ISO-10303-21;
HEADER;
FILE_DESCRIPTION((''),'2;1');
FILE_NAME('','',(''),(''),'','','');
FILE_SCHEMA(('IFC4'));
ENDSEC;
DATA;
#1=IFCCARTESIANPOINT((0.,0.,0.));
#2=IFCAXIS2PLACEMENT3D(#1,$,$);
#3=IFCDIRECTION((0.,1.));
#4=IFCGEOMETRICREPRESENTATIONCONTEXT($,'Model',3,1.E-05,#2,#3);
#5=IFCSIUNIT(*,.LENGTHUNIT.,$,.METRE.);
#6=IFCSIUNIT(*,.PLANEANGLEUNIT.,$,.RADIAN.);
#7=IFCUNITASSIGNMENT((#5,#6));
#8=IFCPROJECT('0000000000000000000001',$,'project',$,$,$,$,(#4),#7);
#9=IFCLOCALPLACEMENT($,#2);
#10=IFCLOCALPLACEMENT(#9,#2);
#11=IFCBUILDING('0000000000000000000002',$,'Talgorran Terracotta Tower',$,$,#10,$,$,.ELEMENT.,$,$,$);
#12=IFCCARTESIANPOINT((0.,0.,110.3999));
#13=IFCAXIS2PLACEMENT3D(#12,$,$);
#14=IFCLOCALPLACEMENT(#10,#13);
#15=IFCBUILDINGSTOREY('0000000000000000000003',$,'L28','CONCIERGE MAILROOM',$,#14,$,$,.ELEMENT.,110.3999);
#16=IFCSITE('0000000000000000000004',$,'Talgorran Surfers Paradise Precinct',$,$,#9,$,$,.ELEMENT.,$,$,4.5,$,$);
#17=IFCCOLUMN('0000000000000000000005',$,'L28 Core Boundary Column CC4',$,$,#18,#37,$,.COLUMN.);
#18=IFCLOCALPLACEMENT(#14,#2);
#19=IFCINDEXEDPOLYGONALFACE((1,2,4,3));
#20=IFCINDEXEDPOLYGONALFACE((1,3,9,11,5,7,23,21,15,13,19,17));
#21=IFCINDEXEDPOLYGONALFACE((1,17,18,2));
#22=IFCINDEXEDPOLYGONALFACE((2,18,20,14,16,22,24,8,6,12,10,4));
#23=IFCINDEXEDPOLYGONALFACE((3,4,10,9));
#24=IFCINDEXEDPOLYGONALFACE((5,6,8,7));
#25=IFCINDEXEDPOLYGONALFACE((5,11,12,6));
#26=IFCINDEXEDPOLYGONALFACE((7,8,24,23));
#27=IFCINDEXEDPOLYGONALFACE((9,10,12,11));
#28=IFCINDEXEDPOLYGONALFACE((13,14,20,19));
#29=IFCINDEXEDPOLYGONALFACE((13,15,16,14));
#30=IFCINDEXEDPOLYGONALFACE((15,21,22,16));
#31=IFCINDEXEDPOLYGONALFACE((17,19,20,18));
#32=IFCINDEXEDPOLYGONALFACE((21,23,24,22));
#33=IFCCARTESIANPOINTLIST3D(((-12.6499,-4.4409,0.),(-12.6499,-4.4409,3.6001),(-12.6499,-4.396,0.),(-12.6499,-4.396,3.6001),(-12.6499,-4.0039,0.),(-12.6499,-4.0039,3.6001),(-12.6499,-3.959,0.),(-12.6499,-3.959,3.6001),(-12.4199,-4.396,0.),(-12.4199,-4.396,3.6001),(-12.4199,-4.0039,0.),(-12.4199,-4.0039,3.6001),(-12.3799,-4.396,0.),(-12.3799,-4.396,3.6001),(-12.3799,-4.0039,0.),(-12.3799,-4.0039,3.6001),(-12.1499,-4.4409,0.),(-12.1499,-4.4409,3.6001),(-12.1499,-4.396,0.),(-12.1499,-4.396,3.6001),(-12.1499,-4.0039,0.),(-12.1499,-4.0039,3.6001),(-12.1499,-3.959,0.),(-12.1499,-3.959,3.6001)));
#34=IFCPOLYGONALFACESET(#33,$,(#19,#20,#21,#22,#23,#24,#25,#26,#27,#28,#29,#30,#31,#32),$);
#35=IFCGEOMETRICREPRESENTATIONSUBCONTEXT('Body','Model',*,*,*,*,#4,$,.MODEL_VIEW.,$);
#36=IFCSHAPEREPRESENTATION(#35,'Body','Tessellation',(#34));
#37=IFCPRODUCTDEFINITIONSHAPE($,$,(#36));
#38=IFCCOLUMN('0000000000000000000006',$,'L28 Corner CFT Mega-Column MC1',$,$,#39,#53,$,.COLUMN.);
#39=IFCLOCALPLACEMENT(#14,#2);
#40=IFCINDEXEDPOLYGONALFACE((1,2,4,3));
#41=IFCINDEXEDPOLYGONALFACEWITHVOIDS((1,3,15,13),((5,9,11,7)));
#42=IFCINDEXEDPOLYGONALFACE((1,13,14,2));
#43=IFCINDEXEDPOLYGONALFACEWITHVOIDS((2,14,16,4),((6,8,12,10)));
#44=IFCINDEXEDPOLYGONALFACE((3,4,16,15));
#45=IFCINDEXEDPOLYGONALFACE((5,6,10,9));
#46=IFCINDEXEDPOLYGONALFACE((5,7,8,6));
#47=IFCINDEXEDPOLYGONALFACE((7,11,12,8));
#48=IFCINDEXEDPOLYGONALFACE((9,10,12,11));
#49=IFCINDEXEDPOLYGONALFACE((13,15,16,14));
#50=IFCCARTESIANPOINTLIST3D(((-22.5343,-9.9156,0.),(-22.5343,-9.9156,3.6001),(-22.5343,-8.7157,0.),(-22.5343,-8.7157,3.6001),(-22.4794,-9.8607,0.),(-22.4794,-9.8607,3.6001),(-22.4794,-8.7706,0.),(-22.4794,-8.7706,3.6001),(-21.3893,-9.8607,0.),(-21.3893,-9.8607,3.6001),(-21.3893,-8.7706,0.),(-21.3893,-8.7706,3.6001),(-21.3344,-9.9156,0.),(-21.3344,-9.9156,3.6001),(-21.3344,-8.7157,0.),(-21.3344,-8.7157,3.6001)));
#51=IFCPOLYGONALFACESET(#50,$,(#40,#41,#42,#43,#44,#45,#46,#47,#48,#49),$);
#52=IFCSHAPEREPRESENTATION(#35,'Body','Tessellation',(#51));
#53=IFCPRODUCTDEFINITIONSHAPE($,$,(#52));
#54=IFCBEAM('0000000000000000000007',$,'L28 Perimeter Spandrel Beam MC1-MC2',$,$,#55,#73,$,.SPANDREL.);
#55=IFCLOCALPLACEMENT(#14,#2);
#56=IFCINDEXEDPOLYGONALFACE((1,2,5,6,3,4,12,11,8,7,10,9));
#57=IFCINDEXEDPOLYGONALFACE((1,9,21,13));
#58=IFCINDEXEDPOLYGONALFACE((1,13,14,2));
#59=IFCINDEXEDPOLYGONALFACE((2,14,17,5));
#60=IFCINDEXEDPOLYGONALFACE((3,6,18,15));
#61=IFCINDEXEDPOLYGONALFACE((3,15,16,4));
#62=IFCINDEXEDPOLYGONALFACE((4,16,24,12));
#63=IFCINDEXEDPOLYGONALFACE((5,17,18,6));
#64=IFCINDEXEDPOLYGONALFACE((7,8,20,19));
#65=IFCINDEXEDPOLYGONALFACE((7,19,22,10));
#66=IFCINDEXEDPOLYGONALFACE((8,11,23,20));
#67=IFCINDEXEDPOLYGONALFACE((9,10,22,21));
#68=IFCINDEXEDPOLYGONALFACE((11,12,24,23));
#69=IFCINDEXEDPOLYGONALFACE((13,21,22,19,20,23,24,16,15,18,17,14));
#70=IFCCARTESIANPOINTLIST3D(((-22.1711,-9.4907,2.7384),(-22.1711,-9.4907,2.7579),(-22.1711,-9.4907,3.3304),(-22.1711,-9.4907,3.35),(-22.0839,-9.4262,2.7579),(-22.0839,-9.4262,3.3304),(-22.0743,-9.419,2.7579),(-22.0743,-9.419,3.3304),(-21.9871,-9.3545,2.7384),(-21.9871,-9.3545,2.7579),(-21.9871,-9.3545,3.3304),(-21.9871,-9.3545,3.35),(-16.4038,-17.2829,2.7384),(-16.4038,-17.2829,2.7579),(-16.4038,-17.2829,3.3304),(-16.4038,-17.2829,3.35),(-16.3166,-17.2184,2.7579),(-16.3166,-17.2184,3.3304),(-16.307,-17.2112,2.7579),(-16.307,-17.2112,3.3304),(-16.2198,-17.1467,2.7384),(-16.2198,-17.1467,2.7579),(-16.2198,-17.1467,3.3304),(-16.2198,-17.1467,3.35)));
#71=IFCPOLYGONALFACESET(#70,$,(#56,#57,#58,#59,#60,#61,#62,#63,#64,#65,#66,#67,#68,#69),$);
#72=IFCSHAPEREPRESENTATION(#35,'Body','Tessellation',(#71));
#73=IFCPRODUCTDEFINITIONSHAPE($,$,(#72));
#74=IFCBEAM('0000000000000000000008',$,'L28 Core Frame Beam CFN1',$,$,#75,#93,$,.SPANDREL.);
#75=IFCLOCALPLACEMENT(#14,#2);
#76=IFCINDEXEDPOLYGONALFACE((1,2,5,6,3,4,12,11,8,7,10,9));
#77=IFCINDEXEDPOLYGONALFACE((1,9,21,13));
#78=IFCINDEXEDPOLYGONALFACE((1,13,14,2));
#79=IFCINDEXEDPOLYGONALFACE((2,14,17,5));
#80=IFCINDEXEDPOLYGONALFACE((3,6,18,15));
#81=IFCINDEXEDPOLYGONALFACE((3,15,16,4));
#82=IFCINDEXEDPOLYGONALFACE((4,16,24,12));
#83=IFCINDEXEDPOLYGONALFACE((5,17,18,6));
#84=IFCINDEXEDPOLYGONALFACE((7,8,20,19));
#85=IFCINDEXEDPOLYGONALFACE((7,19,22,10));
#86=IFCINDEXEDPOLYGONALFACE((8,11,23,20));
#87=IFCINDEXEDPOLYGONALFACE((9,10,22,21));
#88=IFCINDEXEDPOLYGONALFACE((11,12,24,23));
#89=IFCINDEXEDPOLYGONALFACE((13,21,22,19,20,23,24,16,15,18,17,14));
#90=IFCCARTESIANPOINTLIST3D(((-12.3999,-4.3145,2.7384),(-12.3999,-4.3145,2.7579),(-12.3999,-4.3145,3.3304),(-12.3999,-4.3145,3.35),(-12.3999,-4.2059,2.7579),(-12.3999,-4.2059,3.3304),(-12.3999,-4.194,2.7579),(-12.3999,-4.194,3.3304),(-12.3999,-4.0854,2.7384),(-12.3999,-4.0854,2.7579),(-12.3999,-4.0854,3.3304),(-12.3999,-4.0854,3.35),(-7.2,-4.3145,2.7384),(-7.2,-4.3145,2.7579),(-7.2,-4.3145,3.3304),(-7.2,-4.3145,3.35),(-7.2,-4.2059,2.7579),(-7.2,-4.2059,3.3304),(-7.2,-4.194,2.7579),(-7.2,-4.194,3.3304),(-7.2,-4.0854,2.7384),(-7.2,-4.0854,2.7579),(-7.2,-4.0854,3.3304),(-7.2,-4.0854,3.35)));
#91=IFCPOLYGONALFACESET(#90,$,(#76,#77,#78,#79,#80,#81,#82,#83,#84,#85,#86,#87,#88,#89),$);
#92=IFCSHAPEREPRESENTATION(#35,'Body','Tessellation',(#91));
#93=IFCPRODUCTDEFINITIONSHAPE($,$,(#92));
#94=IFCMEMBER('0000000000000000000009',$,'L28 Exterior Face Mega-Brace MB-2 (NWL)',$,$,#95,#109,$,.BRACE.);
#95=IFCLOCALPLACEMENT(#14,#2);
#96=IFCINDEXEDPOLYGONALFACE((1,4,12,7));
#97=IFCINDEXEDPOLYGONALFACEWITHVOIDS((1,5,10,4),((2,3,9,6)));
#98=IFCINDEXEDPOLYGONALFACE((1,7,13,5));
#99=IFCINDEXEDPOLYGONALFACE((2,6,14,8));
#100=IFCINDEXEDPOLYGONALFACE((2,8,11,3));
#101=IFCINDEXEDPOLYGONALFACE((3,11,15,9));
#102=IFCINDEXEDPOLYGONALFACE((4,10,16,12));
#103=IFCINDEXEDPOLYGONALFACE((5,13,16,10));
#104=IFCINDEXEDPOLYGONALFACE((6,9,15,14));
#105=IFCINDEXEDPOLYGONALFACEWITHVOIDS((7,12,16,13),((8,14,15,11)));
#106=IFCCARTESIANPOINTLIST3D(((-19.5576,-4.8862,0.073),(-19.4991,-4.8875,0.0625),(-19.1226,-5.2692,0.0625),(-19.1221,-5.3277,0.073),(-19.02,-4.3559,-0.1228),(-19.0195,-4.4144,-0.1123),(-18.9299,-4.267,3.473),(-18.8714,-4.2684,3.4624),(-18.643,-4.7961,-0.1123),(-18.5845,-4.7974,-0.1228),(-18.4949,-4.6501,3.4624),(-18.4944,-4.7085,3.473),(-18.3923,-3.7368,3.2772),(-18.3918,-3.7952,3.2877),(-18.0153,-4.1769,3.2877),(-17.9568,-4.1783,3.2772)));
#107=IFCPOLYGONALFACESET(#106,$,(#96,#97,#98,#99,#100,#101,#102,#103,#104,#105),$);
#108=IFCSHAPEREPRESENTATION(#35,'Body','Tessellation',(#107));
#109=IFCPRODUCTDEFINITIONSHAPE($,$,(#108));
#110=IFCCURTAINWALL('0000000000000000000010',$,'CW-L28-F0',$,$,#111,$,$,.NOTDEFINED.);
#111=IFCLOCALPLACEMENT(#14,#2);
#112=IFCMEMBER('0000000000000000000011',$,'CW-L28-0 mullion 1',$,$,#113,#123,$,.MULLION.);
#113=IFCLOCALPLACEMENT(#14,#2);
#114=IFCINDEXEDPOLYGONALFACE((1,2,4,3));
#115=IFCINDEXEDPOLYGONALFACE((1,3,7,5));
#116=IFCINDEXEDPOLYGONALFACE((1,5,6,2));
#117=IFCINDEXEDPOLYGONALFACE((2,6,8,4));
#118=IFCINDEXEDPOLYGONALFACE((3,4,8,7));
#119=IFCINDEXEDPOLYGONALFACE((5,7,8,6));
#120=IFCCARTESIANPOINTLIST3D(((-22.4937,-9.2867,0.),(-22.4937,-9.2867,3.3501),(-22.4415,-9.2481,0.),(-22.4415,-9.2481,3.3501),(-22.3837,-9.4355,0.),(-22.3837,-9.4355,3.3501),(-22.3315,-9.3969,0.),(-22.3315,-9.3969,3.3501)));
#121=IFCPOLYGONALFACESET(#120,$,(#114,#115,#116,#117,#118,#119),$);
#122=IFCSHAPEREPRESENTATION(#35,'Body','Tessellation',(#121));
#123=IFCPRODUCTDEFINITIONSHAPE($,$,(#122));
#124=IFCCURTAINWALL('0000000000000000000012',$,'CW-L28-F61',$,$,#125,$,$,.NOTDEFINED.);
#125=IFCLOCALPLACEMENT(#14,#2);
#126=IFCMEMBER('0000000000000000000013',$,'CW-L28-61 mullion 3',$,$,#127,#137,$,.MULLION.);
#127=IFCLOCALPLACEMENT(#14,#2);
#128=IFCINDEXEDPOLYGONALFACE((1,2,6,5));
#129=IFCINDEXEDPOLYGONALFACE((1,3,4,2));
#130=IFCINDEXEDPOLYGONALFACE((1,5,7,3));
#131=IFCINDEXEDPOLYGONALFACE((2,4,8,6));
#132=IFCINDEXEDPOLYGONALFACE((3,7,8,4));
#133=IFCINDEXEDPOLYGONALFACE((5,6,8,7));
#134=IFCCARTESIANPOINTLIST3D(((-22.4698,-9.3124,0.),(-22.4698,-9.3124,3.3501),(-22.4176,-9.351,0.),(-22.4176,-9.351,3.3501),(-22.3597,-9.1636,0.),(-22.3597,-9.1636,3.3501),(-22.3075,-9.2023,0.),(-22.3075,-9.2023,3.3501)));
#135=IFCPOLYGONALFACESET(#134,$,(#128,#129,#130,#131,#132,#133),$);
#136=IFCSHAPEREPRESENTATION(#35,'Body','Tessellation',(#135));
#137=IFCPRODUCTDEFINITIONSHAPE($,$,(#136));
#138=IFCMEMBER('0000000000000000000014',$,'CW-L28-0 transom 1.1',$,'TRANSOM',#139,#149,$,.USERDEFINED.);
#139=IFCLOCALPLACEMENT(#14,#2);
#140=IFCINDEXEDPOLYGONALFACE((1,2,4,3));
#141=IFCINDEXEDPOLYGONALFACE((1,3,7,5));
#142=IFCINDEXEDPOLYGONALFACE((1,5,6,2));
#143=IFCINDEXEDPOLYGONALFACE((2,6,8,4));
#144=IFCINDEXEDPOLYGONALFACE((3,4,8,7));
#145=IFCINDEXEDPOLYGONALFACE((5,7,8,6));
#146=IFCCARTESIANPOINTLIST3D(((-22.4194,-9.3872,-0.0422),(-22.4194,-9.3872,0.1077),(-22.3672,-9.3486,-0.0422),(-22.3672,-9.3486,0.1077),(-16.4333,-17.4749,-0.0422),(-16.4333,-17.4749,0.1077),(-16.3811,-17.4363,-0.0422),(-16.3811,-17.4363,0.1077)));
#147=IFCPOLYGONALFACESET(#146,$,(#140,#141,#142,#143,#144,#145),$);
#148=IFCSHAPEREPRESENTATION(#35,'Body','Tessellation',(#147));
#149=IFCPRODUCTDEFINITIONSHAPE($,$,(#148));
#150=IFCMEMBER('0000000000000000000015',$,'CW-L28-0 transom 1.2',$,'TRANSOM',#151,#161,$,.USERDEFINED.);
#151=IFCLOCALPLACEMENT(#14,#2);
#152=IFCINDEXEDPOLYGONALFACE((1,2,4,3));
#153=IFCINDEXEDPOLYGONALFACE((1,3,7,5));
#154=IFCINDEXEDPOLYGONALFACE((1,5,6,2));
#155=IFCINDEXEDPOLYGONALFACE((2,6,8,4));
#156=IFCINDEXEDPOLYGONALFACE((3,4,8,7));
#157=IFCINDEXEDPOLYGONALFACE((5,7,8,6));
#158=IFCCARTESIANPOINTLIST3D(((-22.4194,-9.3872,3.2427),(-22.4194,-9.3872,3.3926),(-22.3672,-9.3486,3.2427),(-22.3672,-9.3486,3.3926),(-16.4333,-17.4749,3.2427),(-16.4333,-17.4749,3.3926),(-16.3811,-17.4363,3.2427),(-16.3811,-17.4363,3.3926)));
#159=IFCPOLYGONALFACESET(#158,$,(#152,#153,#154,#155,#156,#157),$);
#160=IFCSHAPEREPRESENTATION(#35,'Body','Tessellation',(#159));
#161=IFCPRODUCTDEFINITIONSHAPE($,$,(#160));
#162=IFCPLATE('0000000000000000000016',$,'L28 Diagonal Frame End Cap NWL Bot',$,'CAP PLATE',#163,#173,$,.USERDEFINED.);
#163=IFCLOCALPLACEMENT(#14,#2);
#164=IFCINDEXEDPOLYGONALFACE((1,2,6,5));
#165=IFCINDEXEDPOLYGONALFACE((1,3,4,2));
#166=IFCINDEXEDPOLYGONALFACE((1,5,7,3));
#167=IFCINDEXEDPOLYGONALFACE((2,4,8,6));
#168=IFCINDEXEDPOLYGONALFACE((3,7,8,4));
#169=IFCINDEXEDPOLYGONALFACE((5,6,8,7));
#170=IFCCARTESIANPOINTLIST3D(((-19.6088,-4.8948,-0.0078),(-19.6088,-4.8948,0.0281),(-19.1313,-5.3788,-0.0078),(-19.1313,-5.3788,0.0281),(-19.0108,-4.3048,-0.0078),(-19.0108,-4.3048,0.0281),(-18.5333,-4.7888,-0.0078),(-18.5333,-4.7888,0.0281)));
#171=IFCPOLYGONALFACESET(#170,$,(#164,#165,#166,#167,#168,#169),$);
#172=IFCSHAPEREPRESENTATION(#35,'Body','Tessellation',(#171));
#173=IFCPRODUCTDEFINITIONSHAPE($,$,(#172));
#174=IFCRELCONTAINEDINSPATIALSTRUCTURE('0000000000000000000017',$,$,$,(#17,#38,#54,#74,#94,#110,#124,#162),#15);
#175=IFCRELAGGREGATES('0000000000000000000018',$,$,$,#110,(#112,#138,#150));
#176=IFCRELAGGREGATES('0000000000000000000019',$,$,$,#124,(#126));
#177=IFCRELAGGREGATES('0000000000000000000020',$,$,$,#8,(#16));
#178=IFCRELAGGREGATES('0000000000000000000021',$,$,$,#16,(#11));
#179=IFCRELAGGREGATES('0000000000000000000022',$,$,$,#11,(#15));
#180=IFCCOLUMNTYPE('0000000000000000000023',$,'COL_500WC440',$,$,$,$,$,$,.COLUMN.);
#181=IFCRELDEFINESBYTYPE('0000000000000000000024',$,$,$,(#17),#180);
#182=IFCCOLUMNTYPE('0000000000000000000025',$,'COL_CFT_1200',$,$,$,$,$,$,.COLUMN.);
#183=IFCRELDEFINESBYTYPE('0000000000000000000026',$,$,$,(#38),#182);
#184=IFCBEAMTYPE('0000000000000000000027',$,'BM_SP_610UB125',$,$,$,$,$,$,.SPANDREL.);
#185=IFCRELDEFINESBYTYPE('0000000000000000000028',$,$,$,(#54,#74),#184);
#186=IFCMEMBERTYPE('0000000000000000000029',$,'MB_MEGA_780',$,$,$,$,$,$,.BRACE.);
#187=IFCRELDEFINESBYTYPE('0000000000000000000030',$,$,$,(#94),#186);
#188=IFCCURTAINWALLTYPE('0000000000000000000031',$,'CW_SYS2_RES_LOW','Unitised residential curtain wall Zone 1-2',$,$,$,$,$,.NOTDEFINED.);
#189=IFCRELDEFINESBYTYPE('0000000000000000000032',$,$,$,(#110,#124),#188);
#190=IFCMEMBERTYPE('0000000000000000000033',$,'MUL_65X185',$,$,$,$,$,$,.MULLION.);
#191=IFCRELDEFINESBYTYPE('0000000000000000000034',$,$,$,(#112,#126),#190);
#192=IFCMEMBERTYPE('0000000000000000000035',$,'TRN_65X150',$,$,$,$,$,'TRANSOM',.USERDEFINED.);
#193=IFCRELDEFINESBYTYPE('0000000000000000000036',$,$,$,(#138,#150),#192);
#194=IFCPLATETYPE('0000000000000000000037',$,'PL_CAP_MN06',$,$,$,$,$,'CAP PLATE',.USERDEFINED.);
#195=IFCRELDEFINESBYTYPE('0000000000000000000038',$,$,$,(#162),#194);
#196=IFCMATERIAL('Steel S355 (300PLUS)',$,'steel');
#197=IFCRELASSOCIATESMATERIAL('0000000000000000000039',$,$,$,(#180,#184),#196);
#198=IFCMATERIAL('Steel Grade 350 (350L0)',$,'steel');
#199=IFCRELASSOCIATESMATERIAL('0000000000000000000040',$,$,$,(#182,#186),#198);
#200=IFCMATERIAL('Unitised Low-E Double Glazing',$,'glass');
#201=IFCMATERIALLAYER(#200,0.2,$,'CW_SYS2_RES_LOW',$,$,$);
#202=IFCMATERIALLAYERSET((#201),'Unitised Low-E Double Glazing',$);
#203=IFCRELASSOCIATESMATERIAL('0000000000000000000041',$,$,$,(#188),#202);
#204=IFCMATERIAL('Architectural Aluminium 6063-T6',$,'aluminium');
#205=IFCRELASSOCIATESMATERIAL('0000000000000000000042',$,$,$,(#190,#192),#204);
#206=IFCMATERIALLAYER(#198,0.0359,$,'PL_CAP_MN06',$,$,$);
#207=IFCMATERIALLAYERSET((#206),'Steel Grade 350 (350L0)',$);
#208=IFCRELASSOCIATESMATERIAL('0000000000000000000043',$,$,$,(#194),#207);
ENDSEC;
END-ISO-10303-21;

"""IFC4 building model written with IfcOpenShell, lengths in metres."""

from ifc_helpers import new_model, si_unit, direction, frame, origin, origin_2d, place, context, subcontext, project, spatial, rectangle, hollow_rectangle, i_section, extrude, material, layer, layer_set, material_profile, profile_set, type_object, element, aggregate, save


model = new_model("IFC4")

# Units and contexts
model_context = context("Model", 3, precision=1e-05, world=origin(), true_north=direction((0.0, 1.0)))
body_context = subcontext(model_context, "Body", "Model", "MODEL_VIEW")
ifc_project = project(units=[si_unit("LENGTHUNIT", "METRE"), si_unit("PLANEANGLEUNIT", "RADIAN")], contexts=[model_context])

# Site, building, storey
site_placement = place(None, origin())
site = spatial("IfcSite", under=ifc_project, at=site_placement, Name="Talgorran Surfers Paradise Precinct", CompositionType="ELEMENT", RefElevation=4.5)
building_placement = place(site_placement, origin())
building = spatial("IfcBuilding", under=site, at=building_placement, Name="Talgorran Terracotta Tower", CompositionType="ELEMENT")
storey_placement = place(building_placement, frame((0.0, 0.0, 110.3999)))
storey = spatial("IfcBuildingStorey", under=building, at=storey_placement, Name="L28", Description="CONCIERGE MAILROOM", CompositionType="ELEMENT", Elevation=110.3999)

# Columns
ifc_material_1 = material(Name="Steel S355 (300PLUS)", Category="steel")
ifc_material_profile_1 = material_profile(ifc_material_1, i_section(OverallWidth=0.5, OverallDepth=0.4819, WebThickness=0.04, FlangeThickness=0.0449, at=origin_2d()), Name="500WC440")
ifc_profile_set_1 = profile_set([ifc_material_profile_1], Name="Steel S355 (300PLUS)")
column_type_1 = type_object("IfcColumnType", Name="COL_500WC440", PredefinedType="COLUMN", material=ifc_profile_set_1)
column_1_placement = place(storey_placement, frame((-12.3999, -4.2, 0.0), z_axis=(0.0, 0.0, 1.0), x_axis=(1.0, 0.0, 0.0)))
element("IfcColumn", 1, at=column_1_placement, inside=storey, type_object=column_type_1, Name="L28 Core Boundary Column CC4", PredefinedType="COLUMN", context=body_context, shape_type="SweptSolid", body=[
    extrude(i_section(OverallWidth=0.5, OverallDepth=0.4819, WebThickness=0.04, FlangeThickness=0.0449, at=origin_2d()), origin(), (0.0, 0.0, 1.0), 3.6001),
])
ifc_material_2 = material(Name="Steel Grade 350 (350L0)", Category="steel")
ifc_material_profile_2 = material_profile(ifc_material_2, hollow_rectangle(XDim=1.2, YDim=1.2, WallThickness=0.0549, at=origin_2d()), Name="CFT1200X1200X55")
ifc_profile_set_2 = profile_set([ifc_material_profile_2], Name="Steel Grade 350 (350L0)")
column_type_2 = type_object("IfcColumnType", Name="COL_CFT_1200", PredefinedType="COLUMN", material=ifc_profile_set_2)
column_2_placement = place(storey_placement, frame((-21.9343, -9.3157, 0.0), z_axis=(0.0, 0.0, 1.0), x_axis=(1.0, 0.0, 0.0)))
element("IfcColumn", 2, at=column_2_placement, inside=storey, type_object=column_type_2, Name="L28 Corner CFT Mega-Column MC1", PredefinedType="COLUMN", context=body_context, shape_type="SweptSolid", body=[
    extrude(hollow_rectangle(XDim=1.2, YDim=1.2, WallThickness=0.0549, at=origin_2d()), origin(), (0.0, 0.0, 1.0), 3.6001),
])

# Beams
ifc_material_profile_3 = material_profile(ifc_material_1, i_section(OverallWidth=0.229, OverallDepth=0.6116, WebThickness=0.012, FlangeThickness=0.0195, at=origin_2d()), Name="610UB125")
ifc_profile_set_3 = profile_set([ifc_material_profile_3], Name="Steel S355 (300PLUS)")
beam_type = type_object("IfcBeamType", Name="BM_SP_610UB125", PredefinedType="SPANDREL", material=ifc_profile_set_3)
beam_1_placement = place(storey_placement, frame((-22.0791, -9.4226, 3.0442), z_axis=(0.594915, -0.803789, 0.0), x_axis=(0.803789, 0.594915, 0.0)))
element("IfcBeam", 3, at=beam_1_placement, inside=storey, type_object=beam_type, Name="L28 Perimeter Spandrel Beam MC1-MC2", PredefinedType="SPANDREL", context=body_context, shape_type="SweptSolid", body=[
    extrude(i_section(OverallWidth=0.229, OverallDepth=0.6116, WebThickness=0.012, FlangeThickness=0.0195, at=origin_2d()), origin(), (0.0, 0.0, 1.0), 9.6943),
])
beam_2_placement = place(storey_placement, frame((-12.3999, -4.2, 3.0442), z_axis=(1.0, 0.0, 0.0), x_axis=(0.0, 1.0, 0.0)))
element("IfcBeam", 4, at=beam_2_placement, inside=storey, type_object=beam_type, Name="L28 Core Frame Beam CFN1", PredefinedType="SPANDREL", context=body_context, shape_type="SweptSolid", body=[
    extrude(i_section(OverallWidth=0.229, OverallDepth=0.6116, WebThickness=0.012, FlangeThickness=0.0195, at=origin_2d()), origin(), (0.0, 0.0, 1.0), 5.2),
])

# Member
ifc_material_profile_4 = material_profile(ifc_material_2, hollow_rectangle(XDim=0.6201, YDim=0.78, WallThickness=0.042, at=origin_2d()), Name="WBOX780X620X42")
ifc_profile_set_4 = profile_set([ifc_material_profile_4], Name="Steel Grade 350 (350L0)")
member_type_1 = type_object("IfcMemberType", Name="MB_MEGA_780", PredefinedType="BRACE", material=ifc_profile_set_4)
member_1_placement = place(storey_placement, frame((-19.071, -4.8418, -0.0249), z_axis=(0.178708, 0.176275, 0.967983), x_axis=(-0.702244, 0.711936, 0.0)))
element("IfcMember", 5, at=member_1_placement, inside=storey, type_object=member_type_1, Name="L28 Exterior Face Mega-Brace MB-2 (NWL)", PredefinedType="BRACE", context=body_context, shape_type="SweptSolid", body=[
    extrude(hollow_rectangle(XDim=0.6201, YDim=0.78, WallThickness=0.042, at=origin_2d()), origin(), (0.0, 0.0, 1.0), 3.5125),
])

# Curtain walls, members
ifc_material_3 = material(Name="Unitised Low-E Double Glazing", Category="glass")
ifc_layer_1 = layer(ifc_material_3, 0.2, Name="CW_SYS2_RES_LOW")
ifc_layer_set_1 = layer_set([ifc_layer_1], Name="Unitised Low-E Double Glazing")
curtain_wall_type = type_object("IfcCurtainWallType", Name="CW_SYS2_RES_LOW", Description="Unitised residential curtain wall Zone 1-2", PredefinedType="NOTDEFINED", material=ifc_layer_set_1)
curtain_wall_1_placement = place(storey_placement, origin())
curtain_wall_1 = element("IfcCurtainWall", 6, at=curtain_wall_1_placement, inside=storey, type_object=curtain_wall_type, Name="CW-L28-F0", PredefinedType="NOTDEFINED")
ifc_material_4 = material(Name="Architectural Aluminium 6063-T6", Category="aluminium")
ifc_material_profile_5 = material_profile(ifc_material_4, rectangle(XDim=0.0649, YDim=0.1851, at=origin_2d()), Name="CWM65X185")
ifc_profile_set_5 = profile_set([ifc_material_profile_5], Name="Architectural Aluminium 6063-T6")
member_type_2 = type_object("IfcMemberType", Name="MUL_65X185", PredefinedType="MULLION", material=ifc_profile_set_5)
member_2_placement = place(storey_placement, frame((-22.4126, -9.3418, 0.0), z_axis=(0.0, 0.0, 1.0), x_axis=(0.803792, 0.594911, 0.0)))
member_2 = element("IfcMember", 7, at=member_2_placement, type_object=member_type_2, Name="CW-L28-0 mullion 1", PredefinedType="MULLION", context=body_context, shape_type="SweptSolid", body=[
    extrude(rectangle(XDim=0.0649, YDim=0.1851, at=origin_2d()), origin(), (0.0, 0.0, 1.0), 3.3501),
])
curtain_wall_2_placement = place(storey_placement, origin())
curtain_wall_2 = element("IfcCurtainWall", 8, at=curtain_wall_2_placement, inside=storey, type_object=curtain_wall_type, Name="CW-L28-F61", PredefinedType="NOTDEFINED")
member_3_placement = place(storey_placement, frame((-22.3887, -9.2573, 0.0), z_axis=(0.0, 0.0, 1.0), x_axis=(0.803791, -0.594912, 0.0)))
member_3 = element("IfcMember", 9, at=member_3_placement, type_object=member_type_2, Name="CW-L28-61 mullion 3", PredefinedType="MULLION", context=body_context, shape_type="SweptSolid", body=[
    extrude(rectangle(XDim=0.0649, YDim=0.1851, at=origin_2d()), origin(), (0.0, 0.0, 1.0), 3.3501),
])

# Members
ifc_material_profile_6 = material_profile(ifc_material_4, rectangle(XDim=0.0649, YDim=0.1499, at=origin_2d()), Name="CWT65X150")
ifc_profile_set_6 = profile_set([ifc_material_profile_6], Name="Architectural Aluminium 6063-T6")
member_type_3 = type_object("IfcMemberType", Name="TRN_65X150", ElementType="TRANSOM", PredefinedType="USERDEFINED", material=ifc_profile_set_6)
member_4_placement = place(storey_placement, frame((-22.3933, -9.3679, 0.0327), z_axis=(0.594922, -0.803784, 0.0), x_axis=(0.803784, 0.594922, 0.0)))
member_4 = element("IfcMember", 10, at=member_4_placement, type_object=member_type_3, Name="CW-L28-0 transom 1.1", ObjectType="TRANSOM", PredefinedType="USERDEFINED", context=body_context, shape_type="SweptSolid", body=[
    extrude(rectangle(XDim=0.0649, YDim=0.1499, at=origin_2d()), origin(), (0.0, 0.0, 1.0), 10.062),
])
member_5_placement = place(storey_placement, frame((-22.3933, -9.3679, 3.3176), z_axis=(0.594922, -0.803784, 0.0), x_axis=(0.803784, 0.594922, 0.0)))
member_5 = element("IfcMember", 11, at=member_5_placement, type_object=member_type_3, Name="CW-L28-0 transom 1.2", ObjectType="TRANSOM", PredefinedType="USERDEFINED", context=body_context, shape_type="SweptSolid", body=[
    extrude(rectangle(XDim=0.0649, YDim=0.1499, at=origin_2d()), origin(), (0.0, 0.0, 1.0), 10.062),
])
aggregate(curtain_wall_1, [member_2, member_4, member_5])

# Plate
ifc_layer_2 = layer(ifc_material_2, 0.0359, Name="PL_CAP_MN06")
ifc_layer_set_2 = layer_set([ifc_layer_2], Name="Steel Grade 350 (350L0)")
plate_type_1 = type_object("IfcPlateType", Name="PL_CAP_MN06", ElementType="CAP PLATE", PredefinedType="USERDEFINED", material=ifc_layer_set_2)
plate_1_placement = place(storey_placement, frame((-19.071, -4.8418, -0.0078), z_axis=(0.0, 0.0, 1.0), x_axis=(0.711903, 0.702277, 0.0)))
element("IfcPlate", 12, at=plate_1_placement, inside=storey, type_object=plate_type_1, Name="L28 Diagonal Frame End Cap NWL Bot", ObjectType="CAP PLATE", PredefinedType="USERDEFINED", context=body_context, shape_type="SweptSolid", body=[
    extrude(rectangle(XDim=0.8401, YDim=0.6799, at=origin_2d()), origin(), (0.0, 0.0, 1.0), 0.0359),
])

aggregate(curtain_wall_2, [member_3])

save(model, "model.ifc")
